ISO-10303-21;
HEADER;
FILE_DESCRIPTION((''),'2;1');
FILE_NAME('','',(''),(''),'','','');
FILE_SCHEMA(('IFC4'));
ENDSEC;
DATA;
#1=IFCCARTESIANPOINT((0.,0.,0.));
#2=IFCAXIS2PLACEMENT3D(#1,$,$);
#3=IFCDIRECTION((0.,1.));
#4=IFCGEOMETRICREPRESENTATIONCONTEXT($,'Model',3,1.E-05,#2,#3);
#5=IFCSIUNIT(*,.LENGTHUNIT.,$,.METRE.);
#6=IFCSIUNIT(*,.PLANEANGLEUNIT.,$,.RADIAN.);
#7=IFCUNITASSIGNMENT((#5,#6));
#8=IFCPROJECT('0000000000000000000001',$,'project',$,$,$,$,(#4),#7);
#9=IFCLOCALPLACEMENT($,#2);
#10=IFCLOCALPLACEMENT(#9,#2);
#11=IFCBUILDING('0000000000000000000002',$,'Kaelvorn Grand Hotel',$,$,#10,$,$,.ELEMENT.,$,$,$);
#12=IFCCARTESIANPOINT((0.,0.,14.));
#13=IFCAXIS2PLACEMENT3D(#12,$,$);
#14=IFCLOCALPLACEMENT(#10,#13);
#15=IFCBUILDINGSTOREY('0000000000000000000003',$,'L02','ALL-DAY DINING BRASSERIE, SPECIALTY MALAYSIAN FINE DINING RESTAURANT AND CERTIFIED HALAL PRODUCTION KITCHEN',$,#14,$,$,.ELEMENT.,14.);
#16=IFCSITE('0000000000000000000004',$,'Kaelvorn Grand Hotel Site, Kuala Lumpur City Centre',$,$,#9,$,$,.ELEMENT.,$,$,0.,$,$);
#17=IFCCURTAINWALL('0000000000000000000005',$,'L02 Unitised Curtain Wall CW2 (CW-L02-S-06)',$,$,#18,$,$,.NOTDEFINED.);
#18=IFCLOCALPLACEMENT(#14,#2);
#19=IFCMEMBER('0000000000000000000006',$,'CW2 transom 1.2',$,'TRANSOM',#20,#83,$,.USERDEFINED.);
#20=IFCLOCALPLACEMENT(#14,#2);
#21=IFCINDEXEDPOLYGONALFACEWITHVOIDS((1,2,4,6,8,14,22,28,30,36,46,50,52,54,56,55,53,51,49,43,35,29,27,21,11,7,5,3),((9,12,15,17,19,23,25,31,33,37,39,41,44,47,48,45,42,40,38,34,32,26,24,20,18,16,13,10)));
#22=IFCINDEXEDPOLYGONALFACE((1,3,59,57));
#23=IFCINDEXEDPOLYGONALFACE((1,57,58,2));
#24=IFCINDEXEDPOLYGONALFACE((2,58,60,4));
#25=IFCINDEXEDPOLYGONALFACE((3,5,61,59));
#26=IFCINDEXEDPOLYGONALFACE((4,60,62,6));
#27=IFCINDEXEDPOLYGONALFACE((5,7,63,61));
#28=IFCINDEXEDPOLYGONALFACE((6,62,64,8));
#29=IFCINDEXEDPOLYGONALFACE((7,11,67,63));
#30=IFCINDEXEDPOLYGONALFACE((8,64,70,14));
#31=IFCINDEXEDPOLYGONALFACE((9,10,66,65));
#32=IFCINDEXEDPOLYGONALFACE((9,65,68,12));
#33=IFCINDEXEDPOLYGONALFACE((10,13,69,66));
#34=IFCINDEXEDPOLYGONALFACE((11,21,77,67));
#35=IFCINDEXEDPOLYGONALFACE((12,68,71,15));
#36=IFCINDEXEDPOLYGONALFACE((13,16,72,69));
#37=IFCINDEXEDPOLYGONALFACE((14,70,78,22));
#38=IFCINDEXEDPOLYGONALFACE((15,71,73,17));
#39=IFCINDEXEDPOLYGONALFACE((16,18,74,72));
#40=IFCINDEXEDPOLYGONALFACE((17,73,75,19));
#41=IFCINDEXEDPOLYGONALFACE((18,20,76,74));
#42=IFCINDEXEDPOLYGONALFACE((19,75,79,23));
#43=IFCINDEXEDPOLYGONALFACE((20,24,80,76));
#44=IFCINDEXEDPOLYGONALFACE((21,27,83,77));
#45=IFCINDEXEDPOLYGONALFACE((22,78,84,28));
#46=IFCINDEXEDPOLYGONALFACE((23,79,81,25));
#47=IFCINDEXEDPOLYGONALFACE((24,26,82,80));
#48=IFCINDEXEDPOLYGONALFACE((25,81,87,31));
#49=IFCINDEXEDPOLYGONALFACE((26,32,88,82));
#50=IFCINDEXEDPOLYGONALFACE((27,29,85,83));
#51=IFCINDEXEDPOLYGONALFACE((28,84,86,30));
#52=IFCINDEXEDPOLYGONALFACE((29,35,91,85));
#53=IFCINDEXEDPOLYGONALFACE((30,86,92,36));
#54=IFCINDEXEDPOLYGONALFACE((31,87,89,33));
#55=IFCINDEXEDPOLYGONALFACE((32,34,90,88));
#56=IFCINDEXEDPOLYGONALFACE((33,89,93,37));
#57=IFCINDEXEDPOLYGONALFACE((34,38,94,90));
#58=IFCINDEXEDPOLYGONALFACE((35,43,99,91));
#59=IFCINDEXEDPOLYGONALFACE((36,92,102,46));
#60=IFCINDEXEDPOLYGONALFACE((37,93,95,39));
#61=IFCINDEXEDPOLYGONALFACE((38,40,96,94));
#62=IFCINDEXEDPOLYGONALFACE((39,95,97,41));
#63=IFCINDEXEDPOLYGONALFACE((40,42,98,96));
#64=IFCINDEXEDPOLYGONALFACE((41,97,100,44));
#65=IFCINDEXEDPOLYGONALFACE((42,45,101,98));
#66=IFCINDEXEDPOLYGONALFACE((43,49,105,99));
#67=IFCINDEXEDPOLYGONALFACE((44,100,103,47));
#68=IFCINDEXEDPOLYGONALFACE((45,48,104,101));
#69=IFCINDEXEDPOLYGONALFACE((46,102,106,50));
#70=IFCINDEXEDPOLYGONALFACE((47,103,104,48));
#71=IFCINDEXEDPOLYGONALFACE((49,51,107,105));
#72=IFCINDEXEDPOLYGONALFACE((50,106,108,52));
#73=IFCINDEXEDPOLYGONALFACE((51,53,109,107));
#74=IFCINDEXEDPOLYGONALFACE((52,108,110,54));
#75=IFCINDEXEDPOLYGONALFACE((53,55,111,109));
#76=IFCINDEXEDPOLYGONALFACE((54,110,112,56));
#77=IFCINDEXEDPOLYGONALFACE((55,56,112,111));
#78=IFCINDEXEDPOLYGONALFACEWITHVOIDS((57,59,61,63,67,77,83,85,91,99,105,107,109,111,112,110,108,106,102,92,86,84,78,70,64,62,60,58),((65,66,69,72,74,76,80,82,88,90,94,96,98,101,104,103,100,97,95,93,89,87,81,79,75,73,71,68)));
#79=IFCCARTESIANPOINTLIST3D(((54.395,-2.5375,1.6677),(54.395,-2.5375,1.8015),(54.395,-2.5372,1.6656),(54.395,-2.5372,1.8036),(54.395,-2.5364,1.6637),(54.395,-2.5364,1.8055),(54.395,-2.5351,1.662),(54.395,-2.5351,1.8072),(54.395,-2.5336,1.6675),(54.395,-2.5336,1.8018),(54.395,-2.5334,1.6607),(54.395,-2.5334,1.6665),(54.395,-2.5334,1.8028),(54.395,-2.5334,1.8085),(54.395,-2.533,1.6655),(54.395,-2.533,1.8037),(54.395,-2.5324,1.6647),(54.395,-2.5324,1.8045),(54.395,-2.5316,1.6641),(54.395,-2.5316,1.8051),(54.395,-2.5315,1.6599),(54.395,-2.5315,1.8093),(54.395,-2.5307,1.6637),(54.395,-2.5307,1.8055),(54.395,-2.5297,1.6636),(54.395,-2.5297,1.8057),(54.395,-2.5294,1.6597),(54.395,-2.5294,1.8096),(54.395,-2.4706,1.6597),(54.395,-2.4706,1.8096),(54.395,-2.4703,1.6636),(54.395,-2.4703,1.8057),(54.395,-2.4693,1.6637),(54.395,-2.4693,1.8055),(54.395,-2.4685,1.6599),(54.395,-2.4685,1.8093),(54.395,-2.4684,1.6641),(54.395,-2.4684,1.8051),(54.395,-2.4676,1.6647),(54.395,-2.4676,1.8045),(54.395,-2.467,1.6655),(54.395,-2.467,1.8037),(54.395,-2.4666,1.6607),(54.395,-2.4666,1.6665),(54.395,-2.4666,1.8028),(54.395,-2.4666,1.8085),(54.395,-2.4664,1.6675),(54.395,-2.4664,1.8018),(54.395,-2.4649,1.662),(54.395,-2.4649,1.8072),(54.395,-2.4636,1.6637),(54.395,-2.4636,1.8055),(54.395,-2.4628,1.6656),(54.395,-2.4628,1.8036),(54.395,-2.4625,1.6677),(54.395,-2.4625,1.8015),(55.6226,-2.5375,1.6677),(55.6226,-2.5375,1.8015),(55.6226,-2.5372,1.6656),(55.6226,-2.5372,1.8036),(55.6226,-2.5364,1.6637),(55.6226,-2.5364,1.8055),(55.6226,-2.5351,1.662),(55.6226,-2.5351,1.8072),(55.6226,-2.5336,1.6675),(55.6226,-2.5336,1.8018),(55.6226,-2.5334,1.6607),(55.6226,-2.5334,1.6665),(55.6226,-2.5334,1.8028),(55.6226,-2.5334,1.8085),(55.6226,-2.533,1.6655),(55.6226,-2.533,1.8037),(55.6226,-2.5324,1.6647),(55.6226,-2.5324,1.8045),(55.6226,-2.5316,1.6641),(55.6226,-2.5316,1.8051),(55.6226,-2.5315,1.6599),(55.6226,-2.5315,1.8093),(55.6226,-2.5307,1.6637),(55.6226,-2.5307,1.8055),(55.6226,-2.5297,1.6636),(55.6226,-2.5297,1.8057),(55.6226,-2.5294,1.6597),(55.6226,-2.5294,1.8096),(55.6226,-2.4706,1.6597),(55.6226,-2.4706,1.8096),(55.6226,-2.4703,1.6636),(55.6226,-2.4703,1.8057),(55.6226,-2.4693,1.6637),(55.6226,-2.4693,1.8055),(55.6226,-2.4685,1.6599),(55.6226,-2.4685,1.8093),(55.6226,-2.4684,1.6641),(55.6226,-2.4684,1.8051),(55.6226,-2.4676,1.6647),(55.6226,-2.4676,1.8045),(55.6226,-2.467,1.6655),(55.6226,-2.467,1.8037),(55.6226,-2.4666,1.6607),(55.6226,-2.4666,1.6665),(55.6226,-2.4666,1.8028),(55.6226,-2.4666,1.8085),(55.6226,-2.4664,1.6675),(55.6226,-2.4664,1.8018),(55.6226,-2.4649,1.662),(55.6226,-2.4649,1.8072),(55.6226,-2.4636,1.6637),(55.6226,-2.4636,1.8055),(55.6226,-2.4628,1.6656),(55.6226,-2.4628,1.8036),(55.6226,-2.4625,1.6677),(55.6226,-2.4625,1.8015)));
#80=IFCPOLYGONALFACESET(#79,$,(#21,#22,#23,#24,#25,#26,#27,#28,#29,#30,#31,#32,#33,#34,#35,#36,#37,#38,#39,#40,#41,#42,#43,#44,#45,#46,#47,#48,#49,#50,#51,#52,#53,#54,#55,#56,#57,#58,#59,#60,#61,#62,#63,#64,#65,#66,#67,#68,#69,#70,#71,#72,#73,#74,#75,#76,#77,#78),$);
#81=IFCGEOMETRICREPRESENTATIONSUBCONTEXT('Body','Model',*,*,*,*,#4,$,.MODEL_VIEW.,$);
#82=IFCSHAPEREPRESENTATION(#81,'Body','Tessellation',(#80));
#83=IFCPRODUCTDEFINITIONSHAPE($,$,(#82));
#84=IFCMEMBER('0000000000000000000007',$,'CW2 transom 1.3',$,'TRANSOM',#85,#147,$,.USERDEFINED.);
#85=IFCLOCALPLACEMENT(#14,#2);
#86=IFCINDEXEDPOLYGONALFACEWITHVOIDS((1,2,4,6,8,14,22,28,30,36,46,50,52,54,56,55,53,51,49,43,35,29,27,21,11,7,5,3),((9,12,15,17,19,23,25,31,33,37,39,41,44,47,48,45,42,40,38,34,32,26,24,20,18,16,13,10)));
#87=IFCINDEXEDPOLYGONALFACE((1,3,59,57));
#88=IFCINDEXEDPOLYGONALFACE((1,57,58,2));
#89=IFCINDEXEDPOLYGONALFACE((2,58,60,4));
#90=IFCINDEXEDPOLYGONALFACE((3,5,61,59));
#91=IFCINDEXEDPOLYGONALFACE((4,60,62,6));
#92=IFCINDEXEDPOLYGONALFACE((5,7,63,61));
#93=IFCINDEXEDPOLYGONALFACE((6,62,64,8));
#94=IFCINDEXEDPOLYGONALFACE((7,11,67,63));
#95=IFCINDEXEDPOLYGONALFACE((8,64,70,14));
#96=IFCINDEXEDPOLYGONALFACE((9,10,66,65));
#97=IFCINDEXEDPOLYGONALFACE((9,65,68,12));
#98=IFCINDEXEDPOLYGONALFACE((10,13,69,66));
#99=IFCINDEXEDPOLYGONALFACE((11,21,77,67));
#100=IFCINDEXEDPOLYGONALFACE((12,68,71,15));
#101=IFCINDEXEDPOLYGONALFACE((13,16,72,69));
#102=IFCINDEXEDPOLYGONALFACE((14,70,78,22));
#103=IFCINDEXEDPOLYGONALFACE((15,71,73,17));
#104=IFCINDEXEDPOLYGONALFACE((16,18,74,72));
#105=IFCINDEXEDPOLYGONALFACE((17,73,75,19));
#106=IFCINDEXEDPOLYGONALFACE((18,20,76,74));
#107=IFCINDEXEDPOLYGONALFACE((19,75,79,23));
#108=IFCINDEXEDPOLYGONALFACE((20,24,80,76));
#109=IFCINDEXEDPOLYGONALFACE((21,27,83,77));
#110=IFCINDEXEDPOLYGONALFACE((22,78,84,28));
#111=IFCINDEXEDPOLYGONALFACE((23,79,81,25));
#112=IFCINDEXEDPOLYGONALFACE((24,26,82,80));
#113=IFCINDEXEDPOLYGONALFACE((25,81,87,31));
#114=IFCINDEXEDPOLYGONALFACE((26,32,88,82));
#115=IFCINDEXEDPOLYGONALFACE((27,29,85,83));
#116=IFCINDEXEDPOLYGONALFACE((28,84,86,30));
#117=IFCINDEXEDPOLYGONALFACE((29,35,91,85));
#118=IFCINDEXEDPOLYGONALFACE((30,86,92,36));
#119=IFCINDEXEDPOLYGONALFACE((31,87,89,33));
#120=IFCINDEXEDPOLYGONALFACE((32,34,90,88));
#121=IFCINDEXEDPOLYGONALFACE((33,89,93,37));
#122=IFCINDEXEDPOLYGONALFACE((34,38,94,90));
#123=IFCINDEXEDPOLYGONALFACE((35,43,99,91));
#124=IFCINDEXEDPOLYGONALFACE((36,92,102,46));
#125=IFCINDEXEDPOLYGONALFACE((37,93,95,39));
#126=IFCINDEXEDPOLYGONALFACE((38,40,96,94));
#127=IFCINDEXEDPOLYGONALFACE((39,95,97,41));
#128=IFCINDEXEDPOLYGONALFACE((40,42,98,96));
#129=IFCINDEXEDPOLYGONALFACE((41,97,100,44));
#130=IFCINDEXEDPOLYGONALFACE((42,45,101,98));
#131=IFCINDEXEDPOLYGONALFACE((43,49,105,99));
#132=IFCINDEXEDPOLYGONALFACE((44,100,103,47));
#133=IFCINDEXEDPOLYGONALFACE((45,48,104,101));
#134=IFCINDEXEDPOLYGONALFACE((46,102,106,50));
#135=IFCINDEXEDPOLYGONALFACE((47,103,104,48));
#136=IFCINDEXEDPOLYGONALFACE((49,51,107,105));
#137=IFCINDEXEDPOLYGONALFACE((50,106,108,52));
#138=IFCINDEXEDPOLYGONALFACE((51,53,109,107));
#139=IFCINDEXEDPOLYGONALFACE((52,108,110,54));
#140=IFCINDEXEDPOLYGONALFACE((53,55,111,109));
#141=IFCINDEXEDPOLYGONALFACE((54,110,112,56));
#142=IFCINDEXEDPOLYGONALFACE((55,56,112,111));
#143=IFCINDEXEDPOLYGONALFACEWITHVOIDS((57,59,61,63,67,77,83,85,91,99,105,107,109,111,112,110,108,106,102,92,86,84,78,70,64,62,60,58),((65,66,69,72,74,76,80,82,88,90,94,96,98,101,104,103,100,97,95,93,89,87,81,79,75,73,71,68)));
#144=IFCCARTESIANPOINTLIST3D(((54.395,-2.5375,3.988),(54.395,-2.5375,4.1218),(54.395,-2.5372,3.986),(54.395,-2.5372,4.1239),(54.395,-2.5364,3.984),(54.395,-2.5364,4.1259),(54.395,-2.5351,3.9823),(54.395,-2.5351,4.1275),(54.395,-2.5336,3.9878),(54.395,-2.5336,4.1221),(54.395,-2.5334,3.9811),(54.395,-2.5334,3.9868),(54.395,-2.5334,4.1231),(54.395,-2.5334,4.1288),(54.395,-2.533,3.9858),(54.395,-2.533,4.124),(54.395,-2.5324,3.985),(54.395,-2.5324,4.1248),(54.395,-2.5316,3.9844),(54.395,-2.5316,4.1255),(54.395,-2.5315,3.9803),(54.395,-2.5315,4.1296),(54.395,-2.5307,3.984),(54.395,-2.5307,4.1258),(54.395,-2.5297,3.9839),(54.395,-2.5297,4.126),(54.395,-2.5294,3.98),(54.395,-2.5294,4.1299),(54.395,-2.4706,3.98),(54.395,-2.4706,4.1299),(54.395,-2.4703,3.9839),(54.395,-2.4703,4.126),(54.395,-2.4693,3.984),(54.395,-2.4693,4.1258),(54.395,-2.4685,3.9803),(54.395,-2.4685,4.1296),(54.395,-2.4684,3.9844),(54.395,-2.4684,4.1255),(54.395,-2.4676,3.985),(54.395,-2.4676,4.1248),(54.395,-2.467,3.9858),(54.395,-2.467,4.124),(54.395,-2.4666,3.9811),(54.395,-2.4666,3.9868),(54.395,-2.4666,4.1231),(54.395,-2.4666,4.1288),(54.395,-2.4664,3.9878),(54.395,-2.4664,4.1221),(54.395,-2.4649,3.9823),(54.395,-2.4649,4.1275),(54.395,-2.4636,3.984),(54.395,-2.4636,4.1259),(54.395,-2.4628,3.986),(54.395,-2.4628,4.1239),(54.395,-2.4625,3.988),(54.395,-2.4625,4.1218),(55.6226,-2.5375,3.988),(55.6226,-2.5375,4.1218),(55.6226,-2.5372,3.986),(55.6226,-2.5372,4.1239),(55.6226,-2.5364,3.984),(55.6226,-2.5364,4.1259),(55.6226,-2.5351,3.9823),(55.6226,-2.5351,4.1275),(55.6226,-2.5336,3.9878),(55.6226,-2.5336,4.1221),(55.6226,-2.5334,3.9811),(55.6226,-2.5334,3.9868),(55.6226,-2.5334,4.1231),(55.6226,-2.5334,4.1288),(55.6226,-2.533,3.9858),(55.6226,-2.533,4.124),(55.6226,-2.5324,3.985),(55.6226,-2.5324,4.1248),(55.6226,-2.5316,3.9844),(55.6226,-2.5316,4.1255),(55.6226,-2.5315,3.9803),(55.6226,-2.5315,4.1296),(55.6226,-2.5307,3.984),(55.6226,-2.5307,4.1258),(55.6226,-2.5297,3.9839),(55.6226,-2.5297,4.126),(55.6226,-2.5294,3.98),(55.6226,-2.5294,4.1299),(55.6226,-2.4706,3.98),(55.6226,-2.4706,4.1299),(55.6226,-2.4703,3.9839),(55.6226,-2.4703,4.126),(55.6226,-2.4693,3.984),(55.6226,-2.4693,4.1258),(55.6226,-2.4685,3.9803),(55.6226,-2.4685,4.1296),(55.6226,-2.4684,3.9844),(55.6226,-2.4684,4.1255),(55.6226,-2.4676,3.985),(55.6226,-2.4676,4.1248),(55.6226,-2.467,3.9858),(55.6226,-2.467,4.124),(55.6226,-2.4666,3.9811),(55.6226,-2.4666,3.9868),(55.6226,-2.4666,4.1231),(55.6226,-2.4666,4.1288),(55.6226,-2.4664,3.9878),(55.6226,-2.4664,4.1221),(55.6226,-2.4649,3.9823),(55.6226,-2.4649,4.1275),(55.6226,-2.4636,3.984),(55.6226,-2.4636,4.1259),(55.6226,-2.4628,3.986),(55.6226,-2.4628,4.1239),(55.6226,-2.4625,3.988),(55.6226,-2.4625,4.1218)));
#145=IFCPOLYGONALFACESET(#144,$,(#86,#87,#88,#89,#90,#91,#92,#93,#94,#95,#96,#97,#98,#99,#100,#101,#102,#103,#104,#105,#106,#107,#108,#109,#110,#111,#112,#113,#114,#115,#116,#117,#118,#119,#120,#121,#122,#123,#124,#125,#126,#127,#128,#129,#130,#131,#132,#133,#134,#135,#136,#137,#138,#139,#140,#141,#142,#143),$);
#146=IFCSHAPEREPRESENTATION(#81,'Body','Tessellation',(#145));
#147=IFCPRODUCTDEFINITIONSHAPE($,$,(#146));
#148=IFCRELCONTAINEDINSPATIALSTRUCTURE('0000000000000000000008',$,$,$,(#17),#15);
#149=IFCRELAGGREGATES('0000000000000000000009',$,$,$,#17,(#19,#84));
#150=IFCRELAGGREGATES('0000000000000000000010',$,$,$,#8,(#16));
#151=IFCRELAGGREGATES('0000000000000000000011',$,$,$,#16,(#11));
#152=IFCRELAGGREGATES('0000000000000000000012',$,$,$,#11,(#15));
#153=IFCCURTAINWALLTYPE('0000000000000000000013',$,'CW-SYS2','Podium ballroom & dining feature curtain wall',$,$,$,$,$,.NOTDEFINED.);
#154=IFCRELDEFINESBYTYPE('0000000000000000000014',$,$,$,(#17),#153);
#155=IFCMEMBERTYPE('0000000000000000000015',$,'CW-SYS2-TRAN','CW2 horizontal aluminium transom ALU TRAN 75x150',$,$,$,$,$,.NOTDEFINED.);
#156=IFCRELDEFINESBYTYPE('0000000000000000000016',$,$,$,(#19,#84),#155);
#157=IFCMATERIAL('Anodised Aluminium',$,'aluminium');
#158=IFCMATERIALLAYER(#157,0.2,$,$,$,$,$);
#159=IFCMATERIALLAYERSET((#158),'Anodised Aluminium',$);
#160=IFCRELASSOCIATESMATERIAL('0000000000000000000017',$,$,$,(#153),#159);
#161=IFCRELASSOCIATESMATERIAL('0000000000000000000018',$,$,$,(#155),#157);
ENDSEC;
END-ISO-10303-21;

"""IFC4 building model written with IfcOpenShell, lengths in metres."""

from ifc_helpers import new_model, si_unit, direction, frame, origin, origin_2d, place, context, subcontext, project, spatial, hollow_rectangle, extrude, material, layer, layer_set, material_profile, profile_set, type_object, element, aggregate, save


model = new_model("IFC4")

# Units and contexts
model_context = context("Model", 3, precision=1e-05, world=origin(), true_north=direction((0.0, 1.0)))
body_context = subcontext(model_context, "Body", "Model", "MODEL_VIEW")
ifc_project = project(units=[si_unit("LENGTHUNIT", "METRE"), si_unit("PLANEANGLEUNIT", "RADIAN")], contexts=[model_context])

# Site, building, storey
site_placement = place(None, origin())
site = spatial("IfcSite", under=ifc_project, at=site_placement, Name="Kaelvorn Grand Hotel Site, Kuala Lumpur City Centre", CompositionType="ELEMENT", RefElevation=0.0)
building_placement = place(site_placement, origin())
building = spatial("IfcBuilding", under=site, at=building_placement, Name="Kaelvorn Grand Hotel", CompositionType="ELEMENT")
storey_placement = place(building_placement, frame((0.0, 0.0, 14.0)))
storey = spatial("IfcBuildingStorey", under=building, at=storey_placement, Name="L02", Description="ALL-DAY DINING BRASSERIE, SPECIALTY MALAYSIAN FINE DINING RESTAURANT AND CERTIFIED HALAL PRODUCTION KITCHEN", CompositionType="ELEMENT", Elevation=14.0)

# Curtain wall
ifc_material_1 = material(Name="Anodised Aluminium", Category="aluminium")
ifc_layer_1 = layer(ifc_material_1, 0.2)
ifc_layer_set_1 = layer_set([ifc_layer_1], Name="Anodised Aluminium")
curtain_wall_type = type_object("IfcCurtainWallType", Name="CW-SYS2", Description="Podium ballroom & dining feature curtain wall", PredefinedType="NOTDEFINED", material=ifc_layer_set_1)
curtain_wall_1_placement = place(storey_placement, origin())
curtain_wall_1 = element("IfcCurtainWall", 1, at=curtain_wall_1_placement, inside=storey, type_object=curtain_wall_type, Name="L02 Unitised Curtain Wall CW2 (CW-L02-S-06)", PredefinedType="NOTDEFINED")

# Members
ifc_material_profile_1 = material_profile(ifc_material_1, hollow_rectangle(XDim=0.075, YDim=0.1499, WallThickness=0.0039, InnerFilletRadius=0.0039, OuterFilletRadius=0.0081, at=origin_2d()), Name="ALU TRAN 75x150")
ifc_profile_set_1 = profile_set([ifc_material_profile_1], Name="Anodised Aluminium")
member_type_1 = type_object("IfcMemberType", Name="CW-SYS2-TRAN", Description="CW2 horizontal aluminium transom ALU TRAN 75x150", PredefinedType="NOTDEFINED", material=ifc_profile_set_1)
member_1_placement = place(storey_placement, frame((54.395, -2.5, 1.7346), z_axis=(1.0, 0.0, 0.0), x_axis=(0.0, 1.0, 0.0)))
member_1 = element("IfcMember", 2, at=member_1_placement, type_object=member_type_1, Name="CW2 transom 1.2", ObjectType="TRANSOM", PredefinedType="USERDEFINED", context=body_context, shape_type="SweptSolid", body=[
    extrude(hollow_rectangle(XDim=0.075, YDim=0.1499, WallThickness=0.0039, InnerFilletRadius=0.0039, OuterFilletRadius=0.0081, at=origin_2d()), origin(), (0.0, 0.0, 1.0), 1.2275),
])
member_2_placement = place(storey_placement, frame((54.395, -2.5, 4.0549), z_axis=(1.0, 0.0, 0.0), x_axis=(0.0, 1.0, 0.0)))
member_2 = element("IfcMember", 3, at=member_2_placement, type_object=member_type_1, Name="CW2 transom 1.3", ObjectType="TRANSOM", PredefinedType="USERDEFINED", context=body_context, shape_type="SweptSolid", body=[
    extrude(hollow_rectangle(XDim=0.075, YDim=0.1499, WallThickness=0.0039, InnerFilletRadius=0.0039, OuterFilletRadius=0.0081, at=origin_2d()), origin(), (0.0, 0.0, 1.0), 1.2275),
])

aggregate(curtain_wall_1, [member_1, member_2])

save(model, "model.ifc")
